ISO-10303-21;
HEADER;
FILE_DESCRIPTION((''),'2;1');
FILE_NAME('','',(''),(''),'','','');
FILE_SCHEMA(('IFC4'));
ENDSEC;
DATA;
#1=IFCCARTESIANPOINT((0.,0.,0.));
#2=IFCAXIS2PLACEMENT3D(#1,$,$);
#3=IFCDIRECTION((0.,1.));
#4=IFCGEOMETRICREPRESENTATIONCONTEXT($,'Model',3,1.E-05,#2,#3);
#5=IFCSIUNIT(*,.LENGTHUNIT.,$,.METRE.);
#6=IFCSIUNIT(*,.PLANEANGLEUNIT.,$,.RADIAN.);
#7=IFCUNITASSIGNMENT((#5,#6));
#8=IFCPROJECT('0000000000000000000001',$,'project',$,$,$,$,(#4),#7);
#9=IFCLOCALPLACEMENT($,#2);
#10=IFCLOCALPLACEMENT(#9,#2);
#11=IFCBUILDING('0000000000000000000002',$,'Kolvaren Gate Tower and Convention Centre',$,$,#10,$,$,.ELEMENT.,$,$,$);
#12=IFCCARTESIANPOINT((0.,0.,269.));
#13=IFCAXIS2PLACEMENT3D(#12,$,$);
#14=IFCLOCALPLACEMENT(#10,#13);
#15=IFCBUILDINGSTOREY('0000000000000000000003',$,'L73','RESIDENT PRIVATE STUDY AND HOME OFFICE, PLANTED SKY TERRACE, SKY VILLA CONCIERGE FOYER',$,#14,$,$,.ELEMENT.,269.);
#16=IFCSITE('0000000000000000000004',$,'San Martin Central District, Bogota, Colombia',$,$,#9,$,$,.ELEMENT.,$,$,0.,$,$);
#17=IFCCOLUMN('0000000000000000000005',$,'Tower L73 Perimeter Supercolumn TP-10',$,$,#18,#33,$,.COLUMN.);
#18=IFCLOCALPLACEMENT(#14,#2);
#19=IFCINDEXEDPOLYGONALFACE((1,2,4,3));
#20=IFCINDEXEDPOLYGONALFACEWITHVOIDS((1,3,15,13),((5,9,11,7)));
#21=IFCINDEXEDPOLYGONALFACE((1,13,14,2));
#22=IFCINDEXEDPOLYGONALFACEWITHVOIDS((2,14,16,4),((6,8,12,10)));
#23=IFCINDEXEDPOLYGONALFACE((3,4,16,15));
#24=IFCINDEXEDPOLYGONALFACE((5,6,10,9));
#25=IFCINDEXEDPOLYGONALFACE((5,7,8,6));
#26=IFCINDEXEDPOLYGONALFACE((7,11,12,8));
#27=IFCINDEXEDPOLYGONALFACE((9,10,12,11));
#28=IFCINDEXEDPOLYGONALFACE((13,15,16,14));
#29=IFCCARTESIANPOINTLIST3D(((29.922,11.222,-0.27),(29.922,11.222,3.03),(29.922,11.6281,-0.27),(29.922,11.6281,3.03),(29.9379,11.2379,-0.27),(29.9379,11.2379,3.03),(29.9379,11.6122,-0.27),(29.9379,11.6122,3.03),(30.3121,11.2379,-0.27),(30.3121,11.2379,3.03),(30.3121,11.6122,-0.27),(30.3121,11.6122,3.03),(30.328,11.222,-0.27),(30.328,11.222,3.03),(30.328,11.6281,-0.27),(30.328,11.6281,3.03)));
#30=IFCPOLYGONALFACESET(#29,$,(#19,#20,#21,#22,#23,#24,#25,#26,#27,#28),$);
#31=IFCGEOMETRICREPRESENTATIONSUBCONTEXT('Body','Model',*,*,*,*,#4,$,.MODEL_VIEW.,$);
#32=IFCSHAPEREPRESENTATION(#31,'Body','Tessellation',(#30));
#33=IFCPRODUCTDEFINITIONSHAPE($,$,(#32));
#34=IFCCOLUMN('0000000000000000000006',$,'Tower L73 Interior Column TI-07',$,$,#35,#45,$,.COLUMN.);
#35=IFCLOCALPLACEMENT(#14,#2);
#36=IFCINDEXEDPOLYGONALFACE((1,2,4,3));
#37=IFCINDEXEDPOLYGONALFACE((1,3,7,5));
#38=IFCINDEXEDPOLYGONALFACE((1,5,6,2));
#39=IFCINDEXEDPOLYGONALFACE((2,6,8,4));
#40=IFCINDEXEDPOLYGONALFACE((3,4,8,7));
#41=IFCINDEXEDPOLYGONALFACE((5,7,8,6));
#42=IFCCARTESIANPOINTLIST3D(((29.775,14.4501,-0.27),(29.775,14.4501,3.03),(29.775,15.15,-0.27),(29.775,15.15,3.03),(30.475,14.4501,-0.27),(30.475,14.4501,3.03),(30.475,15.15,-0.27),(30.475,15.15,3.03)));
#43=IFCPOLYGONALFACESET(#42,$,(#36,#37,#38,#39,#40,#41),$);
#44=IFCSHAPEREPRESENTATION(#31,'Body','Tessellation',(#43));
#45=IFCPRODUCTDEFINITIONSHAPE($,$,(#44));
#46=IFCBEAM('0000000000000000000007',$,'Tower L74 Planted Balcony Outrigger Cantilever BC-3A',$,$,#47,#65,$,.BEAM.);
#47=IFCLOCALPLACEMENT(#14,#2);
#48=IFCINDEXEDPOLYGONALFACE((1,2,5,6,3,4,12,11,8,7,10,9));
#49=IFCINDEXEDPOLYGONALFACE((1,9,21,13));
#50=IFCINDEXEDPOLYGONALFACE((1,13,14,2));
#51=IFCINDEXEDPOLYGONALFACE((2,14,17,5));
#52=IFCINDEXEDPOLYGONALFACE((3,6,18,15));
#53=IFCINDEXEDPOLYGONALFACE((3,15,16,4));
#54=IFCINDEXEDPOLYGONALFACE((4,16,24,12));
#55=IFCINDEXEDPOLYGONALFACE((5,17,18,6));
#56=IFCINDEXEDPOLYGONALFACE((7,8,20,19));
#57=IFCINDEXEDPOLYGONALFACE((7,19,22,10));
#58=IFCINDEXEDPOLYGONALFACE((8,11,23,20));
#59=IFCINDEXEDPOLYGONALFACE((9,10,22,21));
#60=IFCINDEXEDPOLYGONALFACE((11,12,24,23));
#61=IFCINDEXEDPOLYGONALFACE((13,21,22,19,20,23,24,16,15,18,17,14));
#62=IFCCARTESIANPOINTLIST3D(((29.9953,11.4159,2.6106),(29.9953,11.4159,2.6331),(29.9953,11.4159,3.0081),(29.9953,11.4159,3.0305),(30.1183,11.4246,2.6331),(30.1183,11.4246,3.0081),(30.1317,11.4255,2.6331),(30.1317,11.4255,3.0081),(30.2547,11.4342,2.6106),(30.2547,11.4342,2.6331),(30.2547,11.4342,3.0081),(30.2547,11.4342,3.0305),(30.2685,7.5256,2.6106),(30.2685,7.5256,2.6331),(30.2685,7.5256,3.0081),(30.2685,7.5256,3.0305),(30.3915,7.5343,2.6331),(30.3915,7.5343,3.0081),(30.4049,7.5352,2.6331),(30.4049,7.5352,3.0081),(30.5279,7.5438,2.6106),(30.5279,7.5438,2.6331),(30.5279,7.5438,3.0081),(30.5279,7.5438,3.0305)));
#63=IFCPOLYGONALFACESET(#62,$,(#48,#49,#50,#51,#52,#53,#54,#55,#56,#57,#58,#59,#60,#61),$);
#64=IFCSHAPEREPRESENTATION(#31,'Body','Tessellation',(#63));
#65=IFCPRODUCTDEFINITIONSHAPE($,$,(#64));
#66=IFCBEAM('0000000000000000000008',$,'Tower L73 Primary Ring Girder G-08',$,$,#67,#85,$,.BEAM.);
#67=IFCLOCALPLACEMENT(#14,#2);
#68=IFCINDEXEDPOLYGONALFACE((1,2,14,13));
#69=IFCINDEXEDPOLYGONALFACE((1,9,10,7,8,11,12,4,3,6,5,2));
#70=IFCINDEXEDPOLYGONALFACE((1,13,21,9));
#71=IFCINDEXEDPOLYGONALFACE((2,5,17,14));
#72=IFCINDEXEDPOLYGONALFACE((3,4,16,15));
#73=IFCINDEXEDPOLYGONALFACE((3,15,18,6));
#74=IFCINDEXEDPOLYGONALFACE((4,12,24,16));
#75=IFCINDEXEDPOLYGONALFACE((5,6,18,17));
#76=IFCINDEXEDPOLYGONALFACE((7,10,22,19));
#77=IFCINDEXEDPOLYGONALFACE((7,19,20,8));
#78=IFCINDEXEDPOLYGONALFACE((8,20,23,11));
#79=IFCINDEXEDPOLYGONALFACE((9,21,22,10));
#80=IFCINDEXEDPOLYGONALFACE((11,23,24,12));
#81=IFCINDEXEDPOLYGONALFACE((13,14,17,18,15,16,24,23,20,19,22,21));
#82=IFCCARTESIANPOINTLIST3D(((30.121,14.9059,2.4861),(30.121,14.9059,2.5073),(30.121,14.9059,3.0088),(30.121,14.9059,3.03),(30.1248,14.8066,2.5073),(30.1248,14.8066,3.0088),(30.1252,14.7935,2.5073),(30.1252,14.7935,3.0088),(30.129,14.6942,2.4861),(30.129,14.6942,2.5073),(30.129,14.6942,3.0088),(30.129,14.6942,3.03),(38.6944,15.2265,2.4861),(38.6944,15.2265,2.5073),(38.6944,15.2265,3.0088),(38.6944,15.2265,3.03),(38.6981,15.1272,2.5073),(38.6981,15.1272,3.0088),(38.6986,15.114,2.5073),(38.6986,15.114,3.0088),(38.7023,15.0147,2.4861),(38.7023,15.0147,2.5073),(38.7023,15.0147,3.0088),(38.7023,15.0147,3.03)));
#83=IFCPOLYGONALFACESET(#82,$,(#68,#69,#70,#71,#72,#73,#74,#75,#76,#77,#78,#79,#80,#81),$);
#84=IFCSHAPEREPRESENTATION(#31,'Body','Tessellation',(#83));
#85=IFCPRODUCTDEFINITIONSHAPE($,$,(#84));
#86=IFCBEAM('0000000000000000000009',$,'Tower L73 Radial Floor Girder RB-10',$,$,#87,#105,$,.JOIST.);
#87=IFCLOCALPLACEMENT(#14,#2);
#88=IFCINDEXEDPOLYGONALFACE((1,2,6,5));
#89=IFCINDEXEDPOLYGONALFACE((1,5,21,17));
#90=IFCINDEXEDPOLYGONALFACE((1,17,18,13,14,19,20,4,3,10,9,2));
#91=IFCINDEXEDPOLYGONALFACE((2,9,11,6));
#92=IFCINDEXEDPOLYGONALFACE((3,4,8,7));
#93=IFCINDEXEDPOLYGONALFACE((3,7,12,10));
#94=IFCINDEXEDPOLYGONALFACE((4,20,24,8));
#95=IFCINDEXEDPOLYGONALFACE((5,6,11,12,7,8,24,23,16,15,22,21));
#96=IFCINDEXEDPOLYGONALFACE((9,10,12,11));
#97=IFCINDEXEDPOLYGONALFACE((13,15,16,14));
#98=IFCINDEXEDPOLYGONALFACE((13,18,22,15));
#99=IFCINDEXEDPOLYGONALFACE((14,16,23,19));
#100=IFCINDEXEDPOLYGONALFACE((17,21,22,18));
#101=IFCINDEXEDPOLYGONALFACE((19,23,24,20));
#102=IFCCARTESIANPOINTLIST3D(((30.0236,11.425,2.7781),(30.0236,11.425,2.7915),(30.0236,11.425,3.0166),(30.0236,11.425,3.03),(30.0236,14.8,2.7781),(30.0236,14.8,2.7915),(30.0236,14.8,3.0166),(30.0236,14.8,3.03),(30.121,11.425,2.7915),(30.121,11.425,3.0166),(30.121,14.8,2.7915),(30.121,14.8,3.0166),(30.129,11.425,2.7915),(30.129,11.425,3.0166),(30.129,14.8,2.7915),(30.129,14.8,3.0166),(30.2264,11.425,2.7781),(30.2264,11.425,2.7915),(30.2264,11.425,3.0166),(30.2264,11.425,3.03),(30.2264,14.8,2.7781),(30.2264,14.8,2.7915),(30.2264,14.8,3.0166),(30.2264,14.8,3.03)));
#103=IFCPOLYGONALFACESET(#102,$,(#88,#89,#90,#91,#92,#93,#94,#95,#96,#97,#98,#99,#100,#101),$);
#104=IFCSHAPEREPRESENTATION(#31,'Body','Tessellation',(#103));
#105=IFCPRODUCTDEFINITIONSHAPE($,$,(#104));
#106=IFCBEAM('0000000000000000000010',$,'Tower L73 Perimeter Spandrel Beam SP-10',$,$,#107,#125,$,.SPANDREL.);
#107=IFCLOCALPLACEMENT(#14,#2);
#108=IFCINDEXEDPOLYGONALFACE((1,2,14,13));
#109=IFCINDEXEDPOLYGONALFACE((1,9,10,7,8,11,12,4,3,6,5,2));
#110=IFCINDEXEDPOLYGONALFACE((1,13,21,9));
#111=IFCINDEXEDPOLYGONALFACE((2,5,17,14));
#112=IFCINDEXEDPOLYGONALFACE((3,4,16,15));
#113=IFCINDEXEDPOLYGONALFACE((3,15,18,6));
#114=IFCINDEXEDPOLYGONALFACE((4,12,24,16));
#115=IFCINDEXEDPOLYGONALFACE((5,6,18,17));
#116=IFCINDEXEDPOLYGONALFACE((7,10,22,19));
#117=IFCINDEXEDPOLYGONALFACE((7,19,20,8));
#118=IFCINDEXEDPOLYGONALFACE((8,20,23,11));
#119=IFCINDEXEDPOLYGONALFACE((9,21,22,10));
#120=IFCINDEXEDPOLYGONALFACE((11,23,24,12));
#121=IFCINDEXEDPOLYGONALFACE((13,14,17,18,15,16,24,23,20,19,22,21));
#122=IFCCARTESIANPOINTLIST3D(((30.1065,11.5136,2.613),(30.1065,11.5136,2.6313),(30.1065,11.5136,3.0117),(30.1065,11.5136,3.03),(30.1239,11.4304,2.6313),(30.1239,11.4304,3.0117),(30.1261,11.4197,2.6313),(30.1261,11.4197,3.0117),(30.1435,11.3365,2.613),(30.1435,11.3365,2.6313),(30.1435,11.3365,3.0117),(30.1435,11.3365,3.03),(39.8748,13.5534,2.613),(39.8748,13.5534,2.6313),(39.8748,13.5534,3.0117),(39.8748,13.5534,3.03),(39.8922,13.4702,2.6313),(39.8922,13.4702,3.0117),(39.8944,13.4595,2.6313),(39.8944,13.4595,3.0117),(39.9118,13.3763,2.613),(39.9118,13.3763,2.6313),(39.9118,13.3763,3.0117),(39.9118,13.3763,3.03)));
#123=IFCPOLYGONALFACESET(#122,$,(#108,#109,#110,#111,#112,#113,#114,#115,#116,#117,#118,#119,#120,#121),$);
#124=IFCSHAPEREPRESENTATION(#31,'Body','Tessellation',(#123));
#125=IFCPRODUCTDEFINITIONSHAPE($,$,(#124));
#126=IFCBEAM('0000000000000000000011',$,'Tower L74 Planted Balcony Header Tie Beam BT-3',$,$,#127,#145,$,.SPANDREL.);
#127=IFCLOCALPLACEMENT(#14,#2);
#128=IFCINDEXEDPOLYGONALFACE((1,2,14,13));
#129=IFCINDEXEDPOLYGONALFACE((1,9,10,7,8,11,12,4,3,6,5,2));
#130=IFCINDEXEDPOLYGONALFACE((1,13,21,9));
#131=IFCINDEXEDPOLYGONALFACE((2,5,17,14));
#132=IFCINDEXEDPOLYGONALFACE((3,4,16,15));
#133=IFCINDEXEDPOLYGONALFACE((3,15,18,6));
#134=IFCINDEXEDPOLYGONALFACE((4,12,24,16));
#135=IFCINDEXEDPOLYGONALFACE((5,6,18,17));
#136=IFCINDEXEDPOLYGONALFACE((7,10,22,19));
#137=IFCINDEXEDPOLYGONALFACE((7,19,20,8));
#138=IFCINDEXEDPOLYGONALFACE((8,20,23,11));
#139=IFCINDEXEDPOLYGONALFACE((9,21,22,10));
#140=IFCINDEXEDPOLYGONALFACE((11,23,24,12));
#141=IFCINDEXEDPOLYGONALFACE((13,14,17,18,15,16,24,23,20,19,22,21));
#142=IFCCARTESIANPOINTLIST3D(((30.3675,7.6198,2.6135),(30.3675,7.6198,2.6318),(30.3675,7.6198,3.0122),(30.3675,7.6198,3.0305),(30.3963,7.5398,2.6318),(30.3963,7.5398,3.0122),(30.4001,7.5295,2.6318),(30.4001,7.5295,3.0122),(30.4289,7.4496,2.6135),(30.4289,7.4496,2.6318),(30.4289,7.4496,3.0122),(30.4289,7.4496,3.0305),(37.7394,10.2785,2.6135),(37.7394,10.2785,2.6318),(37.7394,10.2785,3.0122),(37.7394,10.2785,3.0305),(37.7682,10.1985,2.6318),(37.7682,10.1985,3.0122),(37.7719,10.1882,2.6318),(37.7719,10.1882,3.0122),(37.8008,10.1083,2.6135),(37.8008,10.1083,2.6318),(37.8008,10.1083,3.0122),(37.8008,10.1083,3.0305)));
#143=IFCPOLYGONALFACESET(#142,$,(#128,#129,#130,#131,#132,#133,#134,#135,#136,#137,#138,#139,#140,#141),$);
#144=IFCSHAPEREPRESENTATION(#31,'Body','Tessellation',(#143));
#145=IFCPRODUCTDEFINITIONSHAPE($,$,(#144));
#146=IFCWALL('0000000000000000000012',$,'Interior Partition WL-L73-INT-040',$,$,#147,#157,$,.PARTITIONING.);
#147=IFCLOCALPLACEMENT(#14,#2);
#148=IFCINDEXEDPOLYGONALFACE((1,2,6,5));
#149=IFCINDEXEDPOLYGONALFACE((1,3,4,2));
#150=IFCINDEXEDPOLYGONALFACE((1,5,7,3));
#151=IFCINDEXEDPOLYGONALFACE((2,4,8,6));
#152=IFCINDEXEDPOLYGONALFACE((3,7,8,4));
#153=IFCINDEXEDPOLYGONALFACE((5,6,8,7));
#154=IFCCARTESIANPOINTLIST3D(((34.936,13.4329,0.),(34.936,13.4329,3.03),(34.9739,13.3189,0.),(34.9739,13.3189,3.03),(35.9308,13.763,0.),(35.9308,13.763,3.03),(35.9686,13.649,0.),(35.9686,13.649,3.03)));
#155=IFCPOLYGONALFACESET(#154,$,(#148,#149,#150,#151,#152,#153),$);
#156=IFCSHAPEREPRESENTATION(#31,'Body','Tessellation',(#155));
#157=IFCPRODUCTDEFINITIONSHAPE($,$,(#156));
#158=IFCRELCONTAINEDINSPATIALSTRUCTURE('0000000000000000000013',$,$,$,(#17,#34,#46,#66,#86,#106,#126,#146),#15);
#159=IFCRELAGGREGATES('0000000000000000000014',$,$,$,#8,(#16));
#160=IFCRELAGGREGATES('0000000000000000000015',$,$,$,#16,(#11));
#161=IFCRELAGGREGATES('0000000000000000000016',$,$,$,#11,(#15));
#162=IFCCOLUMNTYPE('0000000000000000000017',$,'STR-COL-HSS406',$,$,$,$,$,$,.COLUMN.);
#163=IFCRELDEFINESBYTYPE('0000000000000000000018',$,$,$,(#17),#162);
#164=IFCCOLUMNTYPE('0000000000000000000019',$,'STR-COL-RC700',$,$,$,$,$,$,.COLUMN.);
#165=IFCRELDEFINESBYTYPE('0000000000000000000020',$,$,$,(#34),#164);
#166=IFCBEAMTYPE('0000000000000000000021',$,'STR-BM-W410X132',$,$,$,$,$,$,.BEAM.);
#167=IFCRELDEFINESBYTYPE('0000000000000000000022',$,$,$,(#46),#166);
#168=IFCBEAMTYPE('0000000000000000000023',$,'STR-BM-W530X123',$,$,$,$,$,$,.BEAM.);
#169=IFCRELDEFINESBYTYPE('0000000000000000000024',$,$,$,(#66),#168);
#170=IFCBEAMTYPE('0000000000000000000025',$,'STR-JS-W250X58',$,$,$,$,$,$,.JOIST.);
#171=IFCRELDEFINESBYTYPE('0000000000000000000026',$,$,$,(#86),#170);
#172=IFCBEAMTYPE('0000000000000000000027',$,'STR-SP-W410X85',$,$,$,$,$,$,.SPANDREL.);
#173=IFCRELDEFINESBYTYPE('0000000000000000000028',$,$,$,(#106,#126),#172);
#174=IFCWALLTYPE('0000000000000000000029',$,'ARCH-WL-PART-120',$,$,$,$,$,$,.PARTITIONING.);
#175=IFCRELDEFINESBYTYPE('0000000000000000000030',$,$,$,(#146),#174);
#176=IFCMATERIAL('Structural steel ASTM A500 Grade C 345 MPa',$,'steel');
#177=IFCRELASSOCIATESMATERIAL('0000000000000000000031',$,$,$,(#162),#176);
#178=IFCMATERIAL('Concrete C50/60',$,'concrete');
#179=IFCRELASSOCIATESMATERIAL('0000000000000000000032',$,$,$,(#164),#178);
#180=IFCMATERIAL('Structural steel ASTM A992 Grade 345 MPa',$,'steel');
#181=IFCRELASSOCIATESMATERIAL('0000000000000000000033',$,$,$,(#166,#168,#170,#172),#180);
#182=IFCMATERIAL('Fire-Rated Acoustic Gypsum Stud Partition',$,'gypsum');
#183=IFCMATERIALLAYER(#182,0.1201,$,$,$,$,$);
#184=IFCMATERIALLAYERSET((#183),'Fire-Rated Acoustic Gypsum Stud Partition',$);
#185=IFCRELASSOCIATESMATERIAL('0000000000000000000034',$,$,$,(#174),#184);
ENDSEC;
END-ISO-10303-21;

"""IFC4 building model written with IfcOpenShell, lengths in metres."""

from ifc_helpers import new_model, si_unit, direction, frame, frame_2d, origin, origin_2d, place, context, subcontext, project, spatial, rectangle, hollow_rectangle, i_section, extrude, material, layer, layer_set, material_profile, profile_set, type_object, element, save


model = new_model("IFC4")

# Units and contexts
model_context = context("Model", 3, precision=1e-05, world=origin(), true_north=direction((0.0, 1.0)))
body_context = subcontext(model_context, "Body", "Model", "MODEL_VIEW")
ifc_project = project(units=[si_unit("LENGTHUNIT", "METRE"), si_unit("PLANEANGLEUNIT", "RADIAN")], contexts=[model_context])

# Site, building, storey
site_placement = place(None, origin())
site = spatial("IfcSite", under=ifc_project, at=site_placement, Name="San Martin Central District, Bogota, Colombia", CompositionType="ELEMENT", RefElevation=0.0)
building_placement = place(site_placement, origin())
building = spatial("IfcBuilding", under=site, at=building_placement, Name="Kolvaren Gate Tower and Convention Centre", CompositionType="ELEMENT")
storey_placement = place(building_placement, frame((0.0, 0.0, 269.0)))
storey = spatial("IfcBuildingStorey", under=building, at=storey_placement, Name="L73", Description="RESIDENT PRIVATE STUDY AND HOME OFFICE, PLANTED SKY TERRACE, SKY VILLA CONCIERGE FOYER", CompositionType="ELEMENT", Elevation=269.0)

# Columns
ifc_material_1 = material(Name="Structural steel ASTM A500 Grade C 345 MPa", Category="steel")
ifc_material_profile_1 = material_profile(ifc_material_1, hollow_rectangle(XDim=0.406, YDim=0.406, WallThickness=0.0159, at=origin_2d()), Name="HSS406X406X15.9")
ifc_profile_set_1 = profile_set([ifc_material_profile_1], Name="Structural steel ASTM A500 Grade C 345 MPa")
column_type_1 = type_object("IfcColumnType", Name="STR-COL-HSS406", PredefinedType="COLUMN", material=ifc_profile_set_1)
column_1_placement = place(storey_placement, frame((30.125, 11.425, -0.27), z_axis=(0.0, 0.0, 1.0), x_axis=(1.0, 0.0, 0.0)))
element("IfcColumn", 1, at=column_1_placement, inside=storey, type_object=column_type_1, Name="Tower L73 Perimeter Supercolumn TP-10", PredefinedType="COLUMN", context=body_context, shape_type="SweptSolid", body=[
    extrude(hollow_rectangle(XDim=0.406, YDim=0.406, WallThickness=0.0159, at=origin_2d()), origin(), (0.0, 0.0, 1.0), 3.3),
])
ifc_material_2 = material(Name="Concrete C50/60", Category="concrete")
ifc_material_profile_2 = material_profile(ifc_material_2, rectangle(XDim=0.7, YDim=0.7, at=origin_2d()), Name="RC-COL-700X700")
ifc_profile_set_2 = profile_set([ifc_material_profile_2], Name="Concrete C50/60")
column_type_2 = type_object("IfcColumnType", Name="STR-COL-RC700", PredefinedType="COLUMN", material=ifc_profile_set_2)
column_2_placement = place(storey_placement, frame((30.125, 14.8, -0.27), z_axis=(0.0, 0.0, 1.0), x_axis=(1.0, 0.0, 0.0)))
element("IfcColumn", 2, at=column_2_placement, inside=storey, type_object=column_type_2, Name="Tower L73 Interior Column TI-07", PredefinedType="COLUMN", context=body_context, shape_type="SweptSolid", body=[
    extrude(rectangle(XDim=0.7, YDim=0.7, at=origin_2d()), origin(), (0.0, 0.0, 1.0), 3.3),
])

# Beams
ifc_material_3 = material(Name="Structural steel ASTM A992 Grade 345 MPa", Category="steel")
ifc_material_profile_3 = material_profile(ifc_material_3, i_section(OverallWidth=0.26, OverallDepth=0.4199, WebThickness=0.0134, FlangeThickness=0.0225, at=origin_2d()), Name="W410X132")
ifc_profile_set_3 = profile_set([ifc_material_profile_3], Name="Structural steel ASTM A992 Grade 345 MPa")
beam_type_1 = type_object("IfcBeamType", Name="STR-BM-W410X132", PredefinedType="BEAM", material=ifc_profile_set_3)
beam_1_placement = place(storey_placement, frame((30.125, 11.425, 2.8206), z_axis=(0.07005, -0.997543, 0.0), x_axis=(0.997543, 0.07005, 0.0)))
element("IfcBeam", 3, at=beam_1_placement, inside=storey, type_object=beam_type_1, Name="Tower L74 Planted Balcony Outrigger Cantilever BC-3A", PredefinedType="BEAM", context=body_context, shape_type="SweptSolid", body=[
    extrude(i_section(OverallWidth=0.26, OverallDepth=0.4199, WebThickness=0.0134, FlangeThickness=0.0225, at=origin_2d()), origin(), (0.0, 0.0, 1.0), 3.8999),
])
ifc_material_profile_4 = material_profile(ifc_material_3, i_section(OverallWidth=0.2119, OverallDepth=0.5439, WebThickness=0.0132, FlangeThickness=0.0212, at=origin_2d()), Name="W530X123")
ifc_profile_set_4 = profile_set([ifc_material_profile_4], Name="Structural steel ASTM A992 Grade 345 MPa")
beam_type_2 = type_object("IfcBeamType", Name="STR-BM-W530X123", PredefinedType="BEAM", material=ifc_profile_set_4)
beam_2_placement = place(storey_placement, frame((30.125, 14.8, 2.7581), z_axis=(0.999302, 0.037364, 0.0), x_axis=(-0.037364, 0.999302, 0.0)))
element("IfcBeam", 4, at=beam_2_placement, inside=storey, type_object=beam_type_2, Name="Tower L73 Primary Ring Girder G-08", PredefinedType="BEAM", context=body_context, shape_type="SweptSolid", body=[
    extrude(i_section(OverallWidth=0.2119, OverallDepth=0.5439, WebThickness=0.0132, FlangeThickness=0.0212, at=origin_2d()), origin(), (0.0, 0.0, 1.0), 8.5793),
])
ifc_material_profile_5 = material_profile(ifc_material_3, i_section(OverallWidth=0.2029, OverallDepth=0.252, WebThickness=0.0081, FlangeThickness=0.0134, at=origin_2d()), Name="W250X58")
ifc_profile_set_5 = profile_set([ifc_material_profile_5], Name="Structural steel ASTM A992 Grade 345 MPa")
beam_type_3 = type_object("IfcBeamType", Name="STR-JS-W250X58", PredefinedType="JOIST", material=ifc_profile_set_5)
beam_3_placement = place(storey_placement, frame((30.125, 14.8, 2.9041), z_axis=(0.0, -1.0, 0.0), x_axis=(1.0, 0.0, 0.0)))
element("IfcBeam", 5, at=beam_3_placement, inside=storey, type_object=beam_type_3, Name="Tower L73 Radial Floor Girder RB-10", PredefinedType="JOIST", context=body_context, shape_type="SweptSolid", body=[
    extrude(i_section(OverallWidth=0.2029, OverallDepth=0.252, WebThickness=0.0081, FlangeThickness=0.0134, at=origin_2d()), origin(), (0.0, 0.0, 1.0), 3.375),
])
ifc_material_profile_6 = material_profile(ifc_material_3, i_section(OverallWidth=0.1809, OverallDepth=0.417, WebThickness=0.011, FlangeThickness=0.0183, at=origin_2d()), Name="W410X85")
ifc_profile_set_6 = profile_set([ifc_material_profile_6], Name="Structural steel ASTM A992 Grade 345 MPa")
beam_type_4 = type_object("IfcBeamType", Name="STR-SP-W410X85", PredefinedType="SPANDREL", material=ifc_profile_set_6)
beam_4_placement = place(storey_placement, frame((30.125, 11.425, 2.8215), z_axis=(0.978886, 0.204409, 0.0), x_axis=(-0.204409, 0.978886, 0.0)))
element("IfcBeam", 6, at=beam_4_placement, inside=storey, type_object=beam_type_4, Name="Tower L73 Perimeter Spandrel Beam SP-10", PredefinedType="SPANDREL", context=body_context, shape_type="SweptSolid", body=[
    extrude(i_section(OverallWidth=0.1809, OverallDepth=0.417, WebThickness=0.011, FlangeThickness=0.0183, at=origin_2d()), origin(), (0.0, 0.0, 1.0), 9.979),
])
beam_5_placement = place(storey_placement, frame((30.3982, 7.5347, 2.822), z_axis=(0.940691, 0.339265, 0.0), x_axis=(-0.339265, 0.940691, 0.0)))
element("IfcBeam", 7, at=beam_5_placement, inside=storey, type_object=beam_type_4, Name="Tower L74 Planted Balcony Header Tie Beam BT-3", PredefinedType="SPANDREL", context=body_context, shape_type="SweptSolid", body=[
    extrude(i_section(OverallWidth=0.1809, OverallDepth=0.417, WebThickness=0.011, FlangeThickness=0.0183, at=origin_2d()), origin(), (0.0, 0.0, 1.0), 7.8367),
])

# Wall
ifc_material_4 = material(Name="Fire-Rated Acoustic Gypsum Stud Partition", Category="gypsum")
ifc_layer_1 = layer(ifc_material_4, 0.1201)
ifc_layer_set_1 = layer_set([ifc_layer_1], Name="Fire-Rated Acoustic Gypsum Stud Partition")
wall_type_1 = type_object("IfcWallType", Name="ARCH-WL-PART-120", PredefinedType="PARTITIONING", material=ifc_layer_set_1)
wall_1_placement = place(storey_placement, frame((34.9551, 13.376, 0.0), z_axis=(0.0, 0.0, 1.0), x_axis=(0.949125, 0.3149, 0.0)))
element("IfcWall", 8, at=wall_1_placement, inside=storey, type_object=wall_type_1, Name="Interior Partition WL-L73-INT-040", PredefinedType="PARTITIONING", context=body_context, shape_type="SweptSolid", body=[
    extrude(rectangle(XDim=1.0481, YDim=0.1201, at=frame_2d((0.5239, 0.0))), origin(), (0.0, 0.0, 1.0), 3.03),
])

save(model, "model.ifc")
